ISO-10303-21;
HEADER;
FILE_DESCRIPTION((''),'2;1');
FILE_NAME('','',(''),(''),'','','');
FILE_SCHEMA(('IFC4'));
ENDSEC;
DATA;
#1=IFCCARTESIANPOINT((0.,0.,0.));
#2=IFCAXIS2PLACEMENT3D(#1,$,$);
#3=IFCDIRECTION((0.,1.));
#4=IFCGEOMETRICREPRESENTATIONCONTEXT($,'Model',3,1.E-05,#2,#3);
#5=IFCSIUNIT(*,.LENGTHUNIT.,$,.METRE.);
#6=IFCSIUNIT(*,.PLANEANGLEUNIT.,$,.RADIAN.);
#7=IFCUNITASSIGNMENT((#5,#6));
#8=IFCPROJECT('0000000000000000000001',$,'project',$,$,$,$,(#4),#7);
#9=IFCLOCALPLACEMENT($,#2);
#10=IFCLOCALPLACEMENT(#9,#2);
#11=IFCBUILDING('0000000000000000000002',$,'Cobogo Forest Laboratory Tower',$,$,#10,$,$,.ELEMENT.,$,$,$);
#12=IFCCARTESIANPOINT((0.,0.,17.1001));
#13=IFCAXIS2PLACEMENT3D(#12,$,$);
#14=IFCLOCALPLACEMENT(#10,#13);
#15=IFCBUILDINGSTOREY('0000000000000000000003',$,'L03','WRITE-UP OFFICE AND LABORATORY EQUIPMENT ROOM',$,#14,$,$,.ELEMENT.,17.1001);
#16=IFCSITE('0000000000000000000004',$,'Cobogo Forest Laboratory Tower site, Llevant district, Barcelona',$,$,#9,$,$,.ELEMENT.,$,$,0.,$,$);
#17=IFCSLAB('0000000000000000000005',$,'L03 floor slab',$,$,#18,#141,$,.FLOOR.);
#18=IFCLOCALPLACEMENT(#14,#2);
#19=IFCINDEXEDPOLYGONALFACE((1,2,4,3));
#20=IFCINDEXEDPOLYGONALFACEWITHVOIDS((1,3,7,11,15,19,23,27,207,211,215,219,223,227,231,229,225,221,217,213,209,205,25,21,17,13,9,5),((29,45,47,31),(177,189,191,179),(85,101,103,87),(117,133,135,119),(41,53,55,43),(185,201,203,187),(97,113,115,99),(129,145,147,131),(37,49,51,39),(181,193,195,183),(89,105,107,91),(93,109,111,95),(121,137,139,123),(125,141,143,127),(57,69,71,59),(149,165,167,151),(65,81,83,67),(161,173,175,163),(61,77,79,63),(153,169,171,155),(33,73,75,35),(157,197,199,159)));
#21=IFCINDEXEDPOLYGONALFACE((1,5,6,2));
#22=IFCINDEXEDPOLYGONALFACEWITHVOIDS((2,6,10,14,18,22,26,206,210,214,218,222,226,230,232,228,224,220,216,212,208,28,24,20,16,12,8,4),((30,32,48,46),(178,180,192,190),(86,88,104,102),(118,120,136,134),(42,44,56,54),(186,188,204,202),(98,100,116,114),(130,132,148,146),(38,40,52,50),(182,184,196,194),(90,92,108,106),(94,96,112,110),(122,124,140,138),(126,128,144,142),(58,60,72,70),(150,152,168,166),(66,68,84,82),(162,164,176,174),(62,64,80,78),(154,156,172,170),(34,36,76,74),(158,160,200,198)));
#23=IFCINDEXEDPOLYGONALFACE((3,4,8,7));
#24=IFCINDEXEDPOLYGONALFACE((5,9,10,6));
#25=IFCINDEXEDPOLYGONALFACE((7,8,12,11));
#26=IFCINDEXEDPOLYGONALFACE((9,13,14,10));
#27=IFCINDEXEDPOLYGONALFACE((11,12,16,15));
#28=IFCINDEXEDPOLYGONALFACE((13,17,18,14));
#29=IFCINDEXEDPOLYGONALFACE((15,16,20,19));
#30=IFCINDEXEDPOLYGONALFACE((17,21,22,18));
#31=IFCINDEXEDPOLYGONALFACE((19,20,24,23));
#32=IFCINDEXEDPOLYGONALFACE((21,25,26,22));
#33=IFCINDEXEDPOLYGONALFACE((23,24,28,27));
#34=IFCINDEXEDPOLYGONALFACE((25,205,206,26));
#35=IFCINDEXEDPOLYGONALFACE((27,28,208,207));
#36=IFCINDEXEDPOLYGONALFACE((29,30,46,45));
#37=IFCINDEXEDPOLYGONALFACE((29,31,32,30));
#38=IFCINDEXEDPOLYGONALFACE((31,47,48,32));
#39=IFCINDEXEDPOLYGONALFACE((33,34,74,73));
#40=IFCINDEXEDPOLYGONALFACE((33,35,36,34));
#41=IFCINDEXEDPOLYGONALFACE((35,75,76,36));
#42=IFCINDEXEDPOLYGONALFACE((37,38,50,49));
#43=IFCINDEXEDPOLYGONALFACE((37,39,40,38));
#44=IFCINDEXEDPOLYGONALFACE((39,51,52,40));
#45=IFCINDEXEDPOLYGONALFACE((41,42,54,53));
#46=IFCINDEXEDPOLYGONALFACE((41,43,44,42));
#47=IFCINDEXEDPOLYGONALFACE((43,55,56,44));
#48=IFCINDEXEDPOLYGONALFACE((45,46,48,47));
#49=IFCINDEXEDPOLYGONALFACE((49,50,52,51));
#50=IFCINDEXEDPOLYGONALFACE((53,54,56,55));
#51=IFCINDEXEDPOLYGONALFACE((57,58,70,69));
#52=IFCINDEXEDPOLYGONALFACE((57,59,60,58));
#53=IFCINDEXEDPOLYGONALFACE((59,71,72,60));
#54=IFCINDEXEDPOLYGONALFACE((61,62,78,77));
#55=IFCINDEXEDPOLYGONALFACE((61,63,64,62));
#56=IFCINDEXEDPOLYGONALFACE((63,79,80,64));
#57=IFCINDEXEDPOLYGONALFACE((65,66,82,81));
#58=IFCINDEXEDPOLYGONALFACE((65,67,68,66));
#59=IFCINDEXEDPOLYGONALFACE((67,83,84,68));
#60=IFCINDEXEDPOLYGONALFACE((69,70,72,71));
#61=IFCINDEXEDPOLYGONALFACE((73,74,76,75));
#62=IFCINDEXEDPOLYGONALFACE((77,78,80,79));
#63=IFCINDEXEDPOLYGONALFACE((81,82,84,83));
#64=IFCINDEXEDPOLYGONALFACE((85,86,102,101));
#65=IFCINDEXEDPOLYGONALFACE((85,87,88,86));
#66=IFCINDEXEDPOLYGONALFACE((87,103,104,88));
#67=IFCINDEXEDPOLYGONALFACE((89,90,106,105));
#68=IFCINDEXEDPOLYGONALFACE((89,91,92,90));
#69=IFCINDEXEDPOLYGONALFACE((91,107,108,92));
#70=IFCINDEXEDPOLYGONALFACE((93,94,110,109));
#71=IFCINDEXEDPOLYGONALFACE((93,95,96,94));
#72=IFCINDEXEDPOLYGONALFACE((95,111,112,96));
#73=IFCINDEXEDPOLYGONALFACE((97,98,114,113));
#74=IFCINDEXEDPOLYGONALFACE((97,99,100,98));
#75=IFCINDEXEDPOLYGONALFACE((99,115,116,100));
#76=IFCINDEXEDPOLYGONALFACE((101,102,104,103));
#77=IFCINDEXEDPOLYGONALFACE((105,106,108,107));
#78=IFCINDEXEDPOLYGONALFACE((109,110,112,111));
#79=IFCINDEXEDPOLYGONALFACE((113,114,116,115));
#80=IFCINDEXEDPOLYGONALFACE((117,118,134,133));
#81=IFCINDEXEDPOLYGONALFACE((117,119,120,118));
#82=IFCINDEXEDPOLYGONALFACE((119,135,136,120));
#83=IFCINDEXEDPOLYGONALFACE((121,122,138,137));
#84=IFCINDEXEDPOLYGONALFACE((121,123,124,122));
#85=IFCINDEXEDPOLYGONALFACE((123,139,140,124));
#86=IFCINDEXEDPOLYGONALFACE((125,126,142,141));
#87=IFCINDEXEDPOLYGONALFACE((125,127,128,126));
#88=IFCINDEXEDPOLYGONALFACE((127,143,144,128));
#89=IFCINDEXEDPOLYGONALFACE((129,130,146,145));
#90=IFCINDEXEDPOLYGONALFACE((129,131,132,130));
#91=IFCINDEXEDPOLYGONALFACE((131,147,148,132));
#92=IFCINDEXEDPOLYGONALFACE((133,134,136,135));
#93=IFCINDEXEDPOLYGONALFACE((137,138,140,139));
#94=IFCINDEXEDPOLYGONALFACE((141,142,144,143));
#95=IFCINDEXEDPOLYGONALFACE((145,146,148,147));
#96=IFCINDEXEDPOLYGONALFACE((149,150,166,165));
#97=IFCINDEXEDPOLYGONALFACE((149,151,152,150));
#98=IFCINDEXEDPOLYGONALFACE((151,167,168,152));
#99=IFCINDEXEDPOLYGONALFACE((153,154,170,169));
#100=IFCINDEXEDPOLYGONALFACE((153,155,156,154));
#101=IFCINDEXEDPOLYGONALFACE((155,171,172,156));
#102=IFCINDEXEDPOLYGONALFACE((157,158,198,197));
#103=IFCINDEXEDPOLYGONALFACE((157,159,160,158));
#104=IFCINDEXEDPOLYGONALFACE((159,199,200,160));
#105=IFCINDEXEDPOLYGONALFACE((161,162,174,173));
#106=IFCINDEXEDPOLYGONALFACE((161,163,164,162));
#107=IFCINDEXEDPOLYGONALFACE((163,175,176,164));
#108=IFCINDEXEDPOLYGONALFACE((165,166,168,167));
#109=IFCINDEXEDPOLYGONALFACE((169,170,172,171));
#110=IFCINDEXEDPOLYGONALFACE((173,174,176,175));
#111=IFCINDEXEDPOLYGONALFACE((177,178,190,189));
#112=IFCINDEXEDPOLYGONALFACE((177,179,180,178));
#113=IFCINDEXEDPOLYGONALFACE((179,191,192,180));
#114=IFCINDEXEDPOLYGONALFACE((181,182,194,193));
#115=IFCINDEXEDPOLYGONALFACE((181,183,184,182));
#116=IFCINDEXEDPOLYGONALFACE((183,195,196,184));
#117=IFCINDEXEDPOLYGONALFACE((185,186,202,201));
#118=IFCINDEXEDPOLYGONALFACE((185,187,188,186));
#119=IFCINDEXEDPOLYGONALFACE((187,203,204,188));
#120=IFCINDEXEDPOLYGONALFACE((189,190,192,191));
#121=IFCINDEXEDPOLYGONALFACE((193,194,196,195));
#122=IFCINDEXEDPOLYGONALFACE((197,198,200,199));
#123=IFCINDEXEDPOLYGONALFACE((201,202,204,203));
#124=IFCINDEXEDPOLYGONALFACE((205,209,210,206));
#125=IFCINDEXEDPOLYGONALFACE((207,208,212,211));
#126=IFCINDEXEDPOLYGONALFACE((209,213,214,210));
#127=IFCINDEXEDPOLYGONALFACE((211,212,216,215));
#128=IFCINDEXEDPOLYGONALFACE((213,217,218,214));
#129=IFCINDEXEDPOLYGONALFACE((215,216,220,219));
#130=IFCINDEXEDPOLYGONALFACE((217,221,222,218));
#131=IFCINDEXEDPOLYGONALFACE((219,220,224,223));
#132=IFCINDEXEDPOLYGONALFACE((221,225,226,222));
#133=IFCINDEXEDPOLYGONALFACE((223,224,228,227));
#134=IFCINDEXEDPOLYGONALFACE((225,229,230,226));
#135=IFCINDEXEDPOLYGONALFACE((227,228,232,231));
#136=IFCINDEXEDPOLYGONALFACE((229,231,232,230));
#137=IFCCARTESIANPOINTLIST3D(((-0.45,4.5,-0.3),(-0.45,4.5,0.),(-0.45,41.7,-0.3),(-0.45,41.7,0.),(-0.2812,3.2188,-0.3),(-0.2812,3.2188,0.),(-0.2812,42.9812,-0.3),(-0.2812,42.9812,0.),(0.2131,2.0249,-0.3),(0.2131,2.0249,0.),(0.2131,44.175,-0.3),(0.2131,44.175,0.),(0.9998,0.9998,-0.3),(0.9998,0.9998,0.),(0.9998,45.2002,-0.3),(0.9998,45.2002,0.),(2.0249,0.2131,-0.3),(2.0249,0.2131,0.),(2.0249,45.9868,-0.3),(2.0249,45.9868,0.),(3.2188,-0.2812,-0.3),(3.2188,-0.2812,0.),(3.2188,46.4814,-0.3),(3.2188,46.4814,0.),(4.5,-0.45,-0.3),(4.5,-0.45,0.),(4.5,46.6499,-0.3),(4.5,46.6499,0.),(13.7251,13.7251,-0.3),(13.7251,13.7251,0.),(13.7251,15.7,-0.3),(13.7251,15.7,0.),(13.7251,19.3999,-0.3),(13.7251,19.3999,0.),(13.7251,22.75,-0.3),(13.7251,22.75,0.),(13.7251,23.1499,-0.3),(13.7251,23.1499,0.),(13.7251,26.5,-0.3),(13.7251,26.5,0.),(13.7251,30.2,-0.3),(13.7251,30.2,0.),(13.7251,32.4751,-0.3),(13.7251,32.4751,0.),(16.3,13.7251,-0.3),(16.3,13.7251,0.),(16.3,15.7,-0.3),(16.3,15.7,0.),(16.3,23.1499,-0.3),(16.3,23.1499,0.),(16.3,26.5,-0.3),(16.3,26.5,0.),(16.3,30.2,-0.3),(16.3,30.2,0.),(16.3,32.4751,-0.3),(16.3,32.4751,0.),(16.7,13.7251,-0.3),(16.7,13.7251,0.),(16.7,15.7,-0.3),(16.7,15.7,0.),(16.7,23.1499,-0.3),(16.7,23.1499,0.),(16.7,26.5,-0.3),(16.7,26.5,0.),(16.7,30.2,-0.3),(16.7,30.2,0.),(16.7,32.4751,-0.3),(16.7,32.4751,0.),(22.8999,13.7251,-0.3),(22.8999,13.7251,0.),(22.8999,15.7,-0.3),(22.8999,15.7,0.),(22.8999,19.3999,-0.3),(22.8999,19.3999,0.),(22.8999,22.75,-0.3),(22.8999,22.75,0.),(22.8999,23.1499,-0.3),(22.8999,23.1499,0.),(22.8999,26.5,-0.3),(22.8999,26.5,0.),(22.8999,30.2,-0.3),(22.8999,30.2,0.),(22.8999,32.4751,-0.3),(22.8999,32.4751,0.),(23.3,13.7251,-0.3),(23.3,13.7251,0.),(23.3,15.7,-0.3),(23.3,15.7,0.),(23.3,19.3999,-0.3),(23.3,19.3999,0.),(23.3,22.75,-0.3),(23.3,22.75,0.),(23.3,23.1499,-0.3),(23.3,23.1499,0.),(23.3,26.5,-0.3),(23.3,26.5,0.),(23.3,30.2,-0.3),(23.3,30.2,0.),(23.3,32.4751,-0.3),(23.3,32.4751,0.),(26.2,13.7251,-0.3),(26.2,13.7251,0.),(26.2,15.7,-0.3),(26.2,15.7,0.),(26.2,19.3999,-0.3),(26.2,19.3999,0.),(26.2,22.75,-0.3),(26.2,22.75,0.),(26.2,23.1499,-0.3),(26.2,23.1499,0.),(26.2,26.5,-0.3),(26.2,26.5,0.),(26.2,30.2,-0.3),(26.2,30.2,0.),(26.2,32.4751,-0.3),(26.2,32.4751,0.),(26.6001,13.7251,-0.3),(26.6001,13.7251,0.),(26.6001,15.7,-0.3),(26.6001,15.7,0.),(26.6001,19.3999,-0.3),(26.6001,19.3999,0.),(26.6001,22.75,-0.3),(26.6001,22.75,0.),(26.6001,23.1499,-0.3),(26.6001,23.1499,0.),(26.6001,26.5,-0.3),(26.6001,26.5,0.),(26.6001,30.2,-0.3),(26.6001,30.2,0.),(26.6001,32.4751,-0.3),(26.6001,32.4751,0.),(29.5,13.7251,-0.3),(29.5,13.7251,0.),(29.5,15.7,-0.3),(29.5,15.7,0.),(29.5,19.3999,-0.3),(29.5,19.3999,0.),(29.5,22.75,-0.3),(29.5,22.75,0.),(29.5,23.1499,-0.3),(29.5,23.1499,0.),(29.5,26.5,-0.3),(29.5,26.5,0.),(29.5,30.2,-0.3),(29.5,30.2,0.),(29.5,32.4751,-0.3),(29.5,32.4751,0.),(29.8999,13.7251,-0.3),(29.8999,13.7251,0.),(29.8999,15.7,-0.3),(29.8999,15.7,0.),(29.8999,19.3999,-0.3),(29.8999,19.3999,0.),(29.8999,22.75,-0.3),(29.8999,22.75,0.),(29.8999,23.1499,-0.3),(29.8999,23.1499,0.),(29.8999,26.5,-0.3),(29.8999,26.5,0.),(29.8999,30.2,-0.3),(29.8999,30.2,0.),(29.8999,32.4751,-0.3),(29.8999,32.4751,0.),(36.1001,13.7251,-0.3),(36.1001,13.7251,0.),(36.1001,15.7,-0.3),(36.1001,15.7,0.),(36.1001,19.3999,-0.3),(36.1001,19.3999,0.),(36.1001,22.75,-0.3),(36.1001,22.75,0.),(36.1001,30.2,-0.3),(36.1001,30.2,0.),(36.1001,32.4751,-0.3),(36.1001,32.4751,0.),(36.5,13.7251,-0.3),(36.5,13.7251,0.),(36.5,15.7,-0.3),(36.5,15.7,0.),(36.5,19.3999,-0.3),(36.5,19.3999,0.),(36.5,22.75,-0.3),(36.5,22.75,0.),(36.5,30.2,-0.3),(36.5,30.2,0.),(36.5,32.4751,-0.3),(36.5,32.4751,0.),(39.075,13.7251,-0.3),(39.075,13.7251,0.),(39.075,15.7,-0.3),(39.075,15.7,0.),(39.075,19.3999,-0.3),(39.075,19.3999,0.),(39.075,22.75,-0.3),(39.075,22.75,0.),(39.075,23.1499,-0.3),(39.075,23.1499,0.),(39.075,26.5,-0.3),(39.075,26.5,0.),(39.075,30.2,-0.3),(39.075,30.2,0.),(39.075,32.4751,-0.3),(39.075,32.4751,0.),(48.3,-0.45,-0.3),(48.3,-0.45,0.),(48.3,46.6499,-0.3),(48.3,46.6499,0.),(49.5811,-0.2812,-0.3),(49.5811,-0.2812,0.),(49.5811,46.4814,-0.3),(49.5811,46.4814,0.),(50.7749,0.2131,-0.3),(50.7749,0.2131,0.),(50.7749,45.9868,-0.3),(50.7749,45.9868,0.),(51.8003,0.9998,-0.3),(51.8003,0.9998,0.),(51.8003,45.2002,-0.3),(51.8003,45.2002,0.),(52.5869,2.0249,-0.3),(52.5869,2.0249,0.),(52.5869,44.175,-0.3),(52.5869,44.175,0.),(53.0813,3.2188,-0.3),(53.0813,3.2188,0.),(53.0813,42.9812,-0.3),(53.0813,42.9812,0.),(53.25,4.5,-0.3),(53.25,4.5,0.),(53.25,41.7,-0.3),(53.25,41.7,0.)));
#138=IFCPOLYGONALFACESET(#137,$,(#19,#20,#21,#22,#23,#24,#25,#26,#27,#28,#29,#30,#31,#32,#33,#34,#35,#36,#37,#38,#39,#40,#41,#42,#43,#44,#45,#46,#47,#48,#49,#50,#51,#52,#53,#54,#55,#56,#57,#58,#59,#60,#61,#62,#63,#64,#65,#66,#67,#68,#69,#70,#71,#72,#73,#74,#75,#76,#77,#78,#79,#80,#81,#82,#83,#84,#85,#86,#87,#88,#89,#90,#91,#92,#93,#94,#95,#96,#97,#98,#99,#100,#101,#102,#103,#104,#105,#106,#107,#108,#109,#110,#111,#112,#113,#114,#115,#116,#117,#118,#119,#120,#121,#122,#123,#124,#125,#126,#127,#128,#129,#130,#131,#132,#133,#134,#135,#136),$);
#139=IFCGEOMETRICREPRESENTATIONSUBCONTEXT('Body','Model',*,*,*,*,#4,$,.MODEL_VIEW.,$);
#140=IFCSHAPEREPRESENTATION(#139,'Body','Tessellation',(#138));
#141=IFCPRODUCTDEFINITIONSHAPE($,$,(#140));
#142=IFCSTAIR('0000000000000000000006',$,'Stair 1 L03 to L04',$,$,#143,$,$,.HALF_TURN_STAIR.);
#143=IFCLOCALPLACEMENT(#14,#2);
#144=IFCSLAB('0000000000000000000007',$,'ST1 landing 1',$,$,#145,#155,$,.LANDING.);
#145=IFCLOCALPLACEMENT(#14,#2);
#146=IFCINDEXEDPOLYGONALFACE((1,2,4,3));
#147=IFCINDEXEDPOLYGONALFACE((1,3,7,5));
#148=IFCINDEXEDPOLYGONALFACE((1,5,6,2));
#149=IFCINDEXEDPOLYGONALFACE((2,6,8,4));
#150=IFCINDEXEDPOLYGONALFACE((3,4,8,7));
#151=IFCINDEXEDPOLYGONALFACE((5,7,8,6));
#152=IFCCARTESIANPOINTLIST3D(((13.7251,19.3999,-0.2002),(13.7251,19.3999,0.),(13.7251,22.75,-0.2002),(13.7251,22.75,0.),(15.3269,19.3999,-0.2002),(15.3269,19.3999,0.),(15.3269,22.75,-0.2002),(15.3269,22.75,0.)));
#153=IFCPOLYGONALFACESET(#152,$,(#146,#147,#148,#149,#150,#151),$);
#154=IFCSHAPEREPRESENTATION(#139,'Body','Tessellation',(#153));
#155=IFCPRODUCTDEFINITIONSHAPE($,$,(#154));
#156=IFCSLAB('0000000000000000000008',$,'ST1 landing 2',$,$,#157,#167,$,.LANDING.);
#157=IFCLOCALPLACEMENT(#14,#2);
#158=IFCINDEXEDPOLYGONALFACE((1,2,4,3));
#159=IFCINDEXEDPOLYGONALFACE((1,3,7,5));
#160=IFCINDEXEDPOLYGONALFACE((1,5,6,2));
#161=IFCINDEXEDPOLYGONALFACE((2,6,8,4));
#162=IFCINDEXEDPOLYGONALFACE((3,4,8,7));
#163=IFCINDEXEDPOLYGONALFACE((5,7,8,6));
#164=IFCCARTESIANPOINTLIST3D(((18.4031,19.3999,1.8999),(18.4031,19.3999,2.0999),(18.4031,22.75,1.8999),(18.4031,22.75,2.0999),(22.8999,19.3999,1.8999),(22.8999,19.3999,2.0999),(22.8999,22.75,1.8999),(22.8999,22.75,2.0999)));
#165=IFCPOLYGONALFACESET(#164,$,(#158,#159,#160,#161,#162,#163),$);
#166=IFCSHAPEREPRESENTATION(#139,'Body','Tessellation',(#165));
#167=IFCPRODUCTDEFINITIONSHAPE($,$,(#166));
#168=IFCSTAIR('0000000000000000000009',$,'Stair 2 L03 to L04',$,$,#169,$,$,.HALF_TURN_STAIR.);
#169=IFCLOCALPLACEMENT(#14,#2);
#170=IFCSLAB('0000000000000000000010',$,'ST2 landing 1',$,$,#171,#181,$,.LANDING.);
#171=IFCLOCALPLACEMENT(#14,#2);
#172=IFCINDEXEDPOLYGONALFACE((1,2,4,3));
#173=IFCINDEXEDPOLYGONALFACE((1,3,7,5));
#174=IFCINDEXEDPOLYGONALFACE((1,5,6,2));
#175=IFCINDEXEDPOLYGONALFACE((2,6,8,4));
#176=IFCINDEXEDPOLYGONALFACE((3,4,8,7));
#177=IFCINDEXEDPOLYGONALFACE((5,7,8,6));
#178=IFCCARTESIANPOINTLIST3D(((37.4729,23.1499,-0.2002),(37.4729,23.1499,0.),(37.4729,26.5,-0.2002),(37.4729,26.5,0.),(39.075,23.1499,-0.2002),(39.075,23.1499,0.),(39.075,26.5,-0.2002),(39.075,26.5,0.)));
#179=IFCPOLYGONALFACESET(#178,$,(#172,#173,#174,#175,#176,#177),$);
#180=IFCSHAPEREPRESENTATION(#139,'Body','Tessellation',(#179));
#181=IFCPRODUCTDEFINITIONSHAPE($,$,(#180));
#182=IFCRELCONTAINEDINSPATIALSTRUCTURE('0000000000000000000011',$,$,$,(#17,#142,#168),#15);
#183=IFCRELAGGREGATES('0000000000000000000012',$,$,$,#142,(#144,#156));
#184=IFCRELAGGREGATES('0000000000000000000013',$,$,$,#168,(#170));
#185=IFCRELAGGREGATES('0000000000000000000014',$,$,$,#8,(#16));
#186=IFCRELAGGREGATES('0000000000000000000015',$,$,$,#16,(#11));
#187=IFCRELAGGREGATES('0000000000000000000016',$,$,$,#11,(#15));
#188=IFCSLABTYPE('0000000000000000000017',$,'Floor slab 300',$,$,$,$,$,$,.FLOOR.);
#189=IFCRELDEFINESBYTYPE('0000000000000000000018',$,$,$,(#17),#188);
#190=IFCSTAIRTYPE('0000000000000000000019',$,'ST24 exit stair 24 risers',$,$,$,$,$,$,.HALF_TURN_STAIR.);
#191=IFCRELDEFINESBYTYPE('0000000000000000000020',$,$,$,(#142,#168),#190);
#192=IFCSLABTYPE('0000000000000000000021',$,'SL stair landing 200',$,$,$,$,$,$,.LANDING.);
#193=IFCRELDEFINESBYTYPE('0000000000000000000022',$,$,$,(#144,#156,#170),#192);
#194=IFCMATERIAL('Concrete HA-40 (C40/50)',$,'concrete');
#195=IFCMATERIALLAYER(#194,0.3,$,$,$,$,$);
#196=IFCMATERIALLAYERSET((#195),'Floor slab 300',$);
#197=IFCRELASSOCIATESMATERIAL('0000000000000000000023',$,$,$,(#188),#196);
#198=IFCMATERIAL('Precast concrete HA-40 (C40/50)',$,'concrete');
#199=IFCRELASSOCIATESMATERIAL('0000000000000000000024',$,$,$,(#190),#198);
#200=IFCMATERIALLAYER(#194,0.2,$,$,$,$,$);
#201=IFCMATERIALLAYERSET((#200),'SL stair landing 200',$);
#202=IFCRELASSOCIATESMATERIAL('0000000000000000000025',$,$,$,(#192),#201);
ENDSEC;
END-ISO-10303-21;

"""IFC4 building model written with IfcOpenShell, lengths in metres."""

from ifc_helpers import new_model, si_unit, direction, frame, origin, place, context, subcontext, project, spatial, polyline, outline, extrude, material, layer, layer_set, type_object, element, aggregate, save


model = new_model("IFC4")

# Units and contexts
model_context = context("Model", 3, precision=1e-05, world=origin(), true_north=direction((0.0, 1.0)))
body_context = subcontext(model_context, "Body", "Model", "MODEL_VIEW")
ifc_project = project(units=[si_unit("LENGTHUNIT", "METRE"), si_unit("PLANEANGLEUNIT", "RADIAN")], contexts=[model_context])

# Site, building, storey
site_placement = place(None, origin())
site = spatial("IfcSite", under=ifc_project, at=site_placement, Name="Cobogo Forest Laboratory Tower site, Llevant district, Barcelona", CompositionType="ELEMENT", RefElevation=0.0)
building_placement = place(site_placement, origin())
building = spatial("IfcBuilding", under=site, at=building_placement, Name="Cobogo Forest Laboratory Tower", CompositionType="ELEMENT")
storey_placement = place(building_placement, frame((0.0, 0.0, 17.1001)))
storey = spatial("IfcBuildingStorey", under=building, at=storey_placement, Name="L03", Description="WRITE-UP OFFICE AND LABORATORY EQUIPMENT ROOM", CompositionType="ELEMENT", Elevation=17.1001)

# Slab
ifc_material_1 = material(Name="Concrete HA-40 (C40/50)", Category="concrete")
ifc_layer_1 = layer(ifc_material_1, 0.3)
ifc_layer_set_1 = layer_set([ifc_layer_1], Name="Floor slab 300")
slab_type_1 = type_object("IfcSlabType", Name="Floor slab 300", PredefinedType="FLOOR", material=ifc_layer_set_1)
slab_1_placement = place(storey_placement, frame((0.0, 0.0, -0.3)))
element("IfcSlab", 1, at=slab_1_placement, inside=storey, type_object=slab_type_1, Name="L03 floor slab", PredefinedType="FLOOR", context=body_context, shape_type="SweptSolid", body=[
    extrude(outline(polyline([(48.3, -0.45), (49.5811, -0.2812), (50.7749, 0.2131), (51.8003, 0.9998), (52.5869, 2.0249), (53.0813, 3.2188), (53.25, 4.5), (53.25, 41.7), (53.0813, 42.9812), (52.5869, 44.175), (51.8003, 45.2002), (50.7749, 45.9868), (49.5811, 46.4814), (48.3, 46.6499), (4.5, 46.6499), (3.2188, 46.4814), (2.0249, 45.9868), (0.9998, 45.2002), (0.2131, 44.175), (-0.2812, 42.9812), (-0.45, 41.7), (-0.45, 4.5), (-0.2812, 3.2188), (0.2131, 2.0249), (0.9998, 0.9998), (2.0249, 0.2131), (3.2188, -0.2812), (4.5, -0.45), (48.3, -0.45)]), holes=[polyline([(16.3, 13.7251), (13.7251, 13.7251), (13.7251, 15.7), (16.3, 15.7), (16.3, 13.7251)]), polyline([(22.8999, 15.7), (22.8999, 13.7251), (16.7, 13.7251), (16.7, 15.7), (22.8999, 15.7)]), polyline([(23.3, 13.7251), (23.3, 15.7), (26.2, 15.7), (26.2, 13.7251), (23.3, 13.7251)]), polyline([(29.5, 13.7251), (26.6001, 13.7251), (26.6001, 15.7), (29.5, 15.7), (29.5, 13.7251)]), polyline([(36.1001, 15.7), (36.1001, 13.7251), (29.8999, 13.7251), (29.8999, 15.7), (36.1001, 15.7)]), polyline([(36.5, 13.7251), (36.5, 15.7), (39.075, 15.7), (39.075, 13.7251), (36.5, 13.7251)]), polyline([(13.7251, 19.3999), (13.7251, 22.75), (22.8999, 22.75), (22.8999, 19.3999), (13.7251, 19.3999)]), polyline([(23.3, 19.3999), (23.3, 22.75), (26.2, 22.75), (26.2, 19.3999), (23.3, 19.3999)]), polyline([(26.6001, 19.3999), (26.6001, 22.75), (29.5, 22.75), (29.5, 19.3999), (26.6001, 19.3999)]), polyline([(36.1001, 22.75), (36.1001, 19.3999), (29.8999, 19.3999), (29.8999, 22.75), (36.1001, 22.75)]), polyline([(39.075, 19.3999), (36.5, 19.3999), (36.5, 22.75), (39.075, 22.75), (39.075, 19.3999)]), polyline([(13.7251, 23.1499), (13.7251, 26.5), (16.3, 26.5), (16.3, 23.1499), (13.7251, 23.1499)]), polyline([(22.8999, 26.5), (22.8999, 23.1499), (16.7, 23.1499), (16.7, 26.5), (22.8999, 26.5)]), polyline([(23.3, 23.1499), (23.3, 26.5), (26.2, 26.5), (26.2, 23.1499), (23.3, 23.1499)]), polyline([(26.6001, 23.1499), (26.6001, 26.5), (29.5, 26.5), (29.5, 23.1499), (26.6001, 23.1499)]), polyline([(29.8999, 23.1499), (29.8999, 26.5), (39.075, 26.5), (39.075, 23.1499), (29.8999, 23.1499)]), polyline([(13.7251, 30.2), (13.7251, 32.4751), (16.3, 32.4751), (16.3, 30.2), (13.7251, 30.2)]), polyline([(22.8999, 32.4751), (22.8999, 30.2), (16.7, 30.2), (16.7, 32.4751), (22.8999, 32.4751)]), polyline([(23.3, 30.2), (23.3, 32.4751), (26.2, 32.4751), (26.2, 30.2), (23.3, 30.2)]), polyline([(26.6001, 30.2), (26.6001, 32.4751), (29.5, 32.4751), (29.5, 30.2), (26.6001, 30.2)]), polyline([(36.1001, 32.4751), (36.1001, 30.2), (29.8999, 30.2), (29.8999, 32.4751), (36.1001, 32.4751)]), polyline([(36.5, 30.2), (36.5, 32.4751), (39.075, 32.4751), (39.075, 30.2), (36.5, 30.2)])]), origin(), (0.0, 0.0, 1.0), 0.3),
])

# Stairs, slabs
ifc_material_2 = material(Name="Precast concrete HA-40 (C40/50)", Category="concrete")
stair_type = type_object("IfcStairType", Name="ST24 exit stair 24 risers", PredefinedType="HALF_TURN_STAIR", material=ifc_material_2)
stair_1_placement = place(storey_placement, origin())
stair_1 = element("IfcStair", 2, at=stair_1_placement, inside=storey, type_object=stair_type, Name="Stair 1 L03 to L04", PredefinedType="HALF_TURN_STAIR")
ifc_layer_2 = layer(ifc_material_1, 0.2)
ifc_layer_set_2 = layer_set([ifc_layer_2], Name="SL stair landing 200")
slab_type_2 = type_object("IfcSlabType", Name="SL stair landing 200", PredefinedType="LANDING", material=ifc_layer_set_2)
slab_2_placement = place(storey_placement, frame((0.0, 0.0, -0.2002)))
slab_2 = element("IfcSlab", 3, at=slab_2_placement, type_object=slab_type_2, Name="ST1 landing 1", PredefinedType="LANDING", context=body_context, shape_type="SweptSolid", body=[
    extrude(outline(polyline([(13.7251, 19.3999), (15.3269, 19.3999), (15.3269, 22.75), (13.7251, 22.75), (13.7251, 19.3999)])), origin(), (0.0, 0.0, 1.0), 0.2002),
])
slab_3_placement = place(storey_placement, frame((0.0, 0.0, 1.8999)))
slab_3 = element("IfcSlab", 4, at=slab_3_placement, type_object=slab_type_2, Name="ST1 landing 2", PredefinedType="LANDING", context=body_context, shape_type="SweptSolid", body=[
    extrude(outline(polyline([(18.4031, 19.3999), (22.8999, 19.3999), (22.8999, 22.75), (18.4031, 22.75), (18.4031, 19.3999)])), origin(), (0.0, 0.0, 1.0), 0.2),
])
aggregate(stair_1, [slab_2, slab_3])
stair_2_placement = place(storey_placement, origin())
stair_2 = element("IfcStair", 5, at=stair_2_placement, inside=storey, type_object=stair_type, Name="Stair 2 L03 to L04", PredefinedType="HALF_TURN_STAIR")
slab_4_placement = place(storey_placement, frame((0.0, 0.0, -0.2002)))
slab_4 = element("IfcSlab", 6, at=slab_4_placement, type_object=slab_type_2, Name="ST2 landing 1", PredefinedType="LANDING", context=body_context, shape_type="SweptSolid", body=[
    extrude(outline(polyline([(37.4729, 23.1499), (39.075, 23.1499), (39.075, 26.5), (37.4729, 26.5), (37.4729, 23.1499)])), origin(), (0.0, 0.0, 1.0), 0.2002),
])
aggregate(stair_2, [slab_4])

save(model, "model.ifc")
